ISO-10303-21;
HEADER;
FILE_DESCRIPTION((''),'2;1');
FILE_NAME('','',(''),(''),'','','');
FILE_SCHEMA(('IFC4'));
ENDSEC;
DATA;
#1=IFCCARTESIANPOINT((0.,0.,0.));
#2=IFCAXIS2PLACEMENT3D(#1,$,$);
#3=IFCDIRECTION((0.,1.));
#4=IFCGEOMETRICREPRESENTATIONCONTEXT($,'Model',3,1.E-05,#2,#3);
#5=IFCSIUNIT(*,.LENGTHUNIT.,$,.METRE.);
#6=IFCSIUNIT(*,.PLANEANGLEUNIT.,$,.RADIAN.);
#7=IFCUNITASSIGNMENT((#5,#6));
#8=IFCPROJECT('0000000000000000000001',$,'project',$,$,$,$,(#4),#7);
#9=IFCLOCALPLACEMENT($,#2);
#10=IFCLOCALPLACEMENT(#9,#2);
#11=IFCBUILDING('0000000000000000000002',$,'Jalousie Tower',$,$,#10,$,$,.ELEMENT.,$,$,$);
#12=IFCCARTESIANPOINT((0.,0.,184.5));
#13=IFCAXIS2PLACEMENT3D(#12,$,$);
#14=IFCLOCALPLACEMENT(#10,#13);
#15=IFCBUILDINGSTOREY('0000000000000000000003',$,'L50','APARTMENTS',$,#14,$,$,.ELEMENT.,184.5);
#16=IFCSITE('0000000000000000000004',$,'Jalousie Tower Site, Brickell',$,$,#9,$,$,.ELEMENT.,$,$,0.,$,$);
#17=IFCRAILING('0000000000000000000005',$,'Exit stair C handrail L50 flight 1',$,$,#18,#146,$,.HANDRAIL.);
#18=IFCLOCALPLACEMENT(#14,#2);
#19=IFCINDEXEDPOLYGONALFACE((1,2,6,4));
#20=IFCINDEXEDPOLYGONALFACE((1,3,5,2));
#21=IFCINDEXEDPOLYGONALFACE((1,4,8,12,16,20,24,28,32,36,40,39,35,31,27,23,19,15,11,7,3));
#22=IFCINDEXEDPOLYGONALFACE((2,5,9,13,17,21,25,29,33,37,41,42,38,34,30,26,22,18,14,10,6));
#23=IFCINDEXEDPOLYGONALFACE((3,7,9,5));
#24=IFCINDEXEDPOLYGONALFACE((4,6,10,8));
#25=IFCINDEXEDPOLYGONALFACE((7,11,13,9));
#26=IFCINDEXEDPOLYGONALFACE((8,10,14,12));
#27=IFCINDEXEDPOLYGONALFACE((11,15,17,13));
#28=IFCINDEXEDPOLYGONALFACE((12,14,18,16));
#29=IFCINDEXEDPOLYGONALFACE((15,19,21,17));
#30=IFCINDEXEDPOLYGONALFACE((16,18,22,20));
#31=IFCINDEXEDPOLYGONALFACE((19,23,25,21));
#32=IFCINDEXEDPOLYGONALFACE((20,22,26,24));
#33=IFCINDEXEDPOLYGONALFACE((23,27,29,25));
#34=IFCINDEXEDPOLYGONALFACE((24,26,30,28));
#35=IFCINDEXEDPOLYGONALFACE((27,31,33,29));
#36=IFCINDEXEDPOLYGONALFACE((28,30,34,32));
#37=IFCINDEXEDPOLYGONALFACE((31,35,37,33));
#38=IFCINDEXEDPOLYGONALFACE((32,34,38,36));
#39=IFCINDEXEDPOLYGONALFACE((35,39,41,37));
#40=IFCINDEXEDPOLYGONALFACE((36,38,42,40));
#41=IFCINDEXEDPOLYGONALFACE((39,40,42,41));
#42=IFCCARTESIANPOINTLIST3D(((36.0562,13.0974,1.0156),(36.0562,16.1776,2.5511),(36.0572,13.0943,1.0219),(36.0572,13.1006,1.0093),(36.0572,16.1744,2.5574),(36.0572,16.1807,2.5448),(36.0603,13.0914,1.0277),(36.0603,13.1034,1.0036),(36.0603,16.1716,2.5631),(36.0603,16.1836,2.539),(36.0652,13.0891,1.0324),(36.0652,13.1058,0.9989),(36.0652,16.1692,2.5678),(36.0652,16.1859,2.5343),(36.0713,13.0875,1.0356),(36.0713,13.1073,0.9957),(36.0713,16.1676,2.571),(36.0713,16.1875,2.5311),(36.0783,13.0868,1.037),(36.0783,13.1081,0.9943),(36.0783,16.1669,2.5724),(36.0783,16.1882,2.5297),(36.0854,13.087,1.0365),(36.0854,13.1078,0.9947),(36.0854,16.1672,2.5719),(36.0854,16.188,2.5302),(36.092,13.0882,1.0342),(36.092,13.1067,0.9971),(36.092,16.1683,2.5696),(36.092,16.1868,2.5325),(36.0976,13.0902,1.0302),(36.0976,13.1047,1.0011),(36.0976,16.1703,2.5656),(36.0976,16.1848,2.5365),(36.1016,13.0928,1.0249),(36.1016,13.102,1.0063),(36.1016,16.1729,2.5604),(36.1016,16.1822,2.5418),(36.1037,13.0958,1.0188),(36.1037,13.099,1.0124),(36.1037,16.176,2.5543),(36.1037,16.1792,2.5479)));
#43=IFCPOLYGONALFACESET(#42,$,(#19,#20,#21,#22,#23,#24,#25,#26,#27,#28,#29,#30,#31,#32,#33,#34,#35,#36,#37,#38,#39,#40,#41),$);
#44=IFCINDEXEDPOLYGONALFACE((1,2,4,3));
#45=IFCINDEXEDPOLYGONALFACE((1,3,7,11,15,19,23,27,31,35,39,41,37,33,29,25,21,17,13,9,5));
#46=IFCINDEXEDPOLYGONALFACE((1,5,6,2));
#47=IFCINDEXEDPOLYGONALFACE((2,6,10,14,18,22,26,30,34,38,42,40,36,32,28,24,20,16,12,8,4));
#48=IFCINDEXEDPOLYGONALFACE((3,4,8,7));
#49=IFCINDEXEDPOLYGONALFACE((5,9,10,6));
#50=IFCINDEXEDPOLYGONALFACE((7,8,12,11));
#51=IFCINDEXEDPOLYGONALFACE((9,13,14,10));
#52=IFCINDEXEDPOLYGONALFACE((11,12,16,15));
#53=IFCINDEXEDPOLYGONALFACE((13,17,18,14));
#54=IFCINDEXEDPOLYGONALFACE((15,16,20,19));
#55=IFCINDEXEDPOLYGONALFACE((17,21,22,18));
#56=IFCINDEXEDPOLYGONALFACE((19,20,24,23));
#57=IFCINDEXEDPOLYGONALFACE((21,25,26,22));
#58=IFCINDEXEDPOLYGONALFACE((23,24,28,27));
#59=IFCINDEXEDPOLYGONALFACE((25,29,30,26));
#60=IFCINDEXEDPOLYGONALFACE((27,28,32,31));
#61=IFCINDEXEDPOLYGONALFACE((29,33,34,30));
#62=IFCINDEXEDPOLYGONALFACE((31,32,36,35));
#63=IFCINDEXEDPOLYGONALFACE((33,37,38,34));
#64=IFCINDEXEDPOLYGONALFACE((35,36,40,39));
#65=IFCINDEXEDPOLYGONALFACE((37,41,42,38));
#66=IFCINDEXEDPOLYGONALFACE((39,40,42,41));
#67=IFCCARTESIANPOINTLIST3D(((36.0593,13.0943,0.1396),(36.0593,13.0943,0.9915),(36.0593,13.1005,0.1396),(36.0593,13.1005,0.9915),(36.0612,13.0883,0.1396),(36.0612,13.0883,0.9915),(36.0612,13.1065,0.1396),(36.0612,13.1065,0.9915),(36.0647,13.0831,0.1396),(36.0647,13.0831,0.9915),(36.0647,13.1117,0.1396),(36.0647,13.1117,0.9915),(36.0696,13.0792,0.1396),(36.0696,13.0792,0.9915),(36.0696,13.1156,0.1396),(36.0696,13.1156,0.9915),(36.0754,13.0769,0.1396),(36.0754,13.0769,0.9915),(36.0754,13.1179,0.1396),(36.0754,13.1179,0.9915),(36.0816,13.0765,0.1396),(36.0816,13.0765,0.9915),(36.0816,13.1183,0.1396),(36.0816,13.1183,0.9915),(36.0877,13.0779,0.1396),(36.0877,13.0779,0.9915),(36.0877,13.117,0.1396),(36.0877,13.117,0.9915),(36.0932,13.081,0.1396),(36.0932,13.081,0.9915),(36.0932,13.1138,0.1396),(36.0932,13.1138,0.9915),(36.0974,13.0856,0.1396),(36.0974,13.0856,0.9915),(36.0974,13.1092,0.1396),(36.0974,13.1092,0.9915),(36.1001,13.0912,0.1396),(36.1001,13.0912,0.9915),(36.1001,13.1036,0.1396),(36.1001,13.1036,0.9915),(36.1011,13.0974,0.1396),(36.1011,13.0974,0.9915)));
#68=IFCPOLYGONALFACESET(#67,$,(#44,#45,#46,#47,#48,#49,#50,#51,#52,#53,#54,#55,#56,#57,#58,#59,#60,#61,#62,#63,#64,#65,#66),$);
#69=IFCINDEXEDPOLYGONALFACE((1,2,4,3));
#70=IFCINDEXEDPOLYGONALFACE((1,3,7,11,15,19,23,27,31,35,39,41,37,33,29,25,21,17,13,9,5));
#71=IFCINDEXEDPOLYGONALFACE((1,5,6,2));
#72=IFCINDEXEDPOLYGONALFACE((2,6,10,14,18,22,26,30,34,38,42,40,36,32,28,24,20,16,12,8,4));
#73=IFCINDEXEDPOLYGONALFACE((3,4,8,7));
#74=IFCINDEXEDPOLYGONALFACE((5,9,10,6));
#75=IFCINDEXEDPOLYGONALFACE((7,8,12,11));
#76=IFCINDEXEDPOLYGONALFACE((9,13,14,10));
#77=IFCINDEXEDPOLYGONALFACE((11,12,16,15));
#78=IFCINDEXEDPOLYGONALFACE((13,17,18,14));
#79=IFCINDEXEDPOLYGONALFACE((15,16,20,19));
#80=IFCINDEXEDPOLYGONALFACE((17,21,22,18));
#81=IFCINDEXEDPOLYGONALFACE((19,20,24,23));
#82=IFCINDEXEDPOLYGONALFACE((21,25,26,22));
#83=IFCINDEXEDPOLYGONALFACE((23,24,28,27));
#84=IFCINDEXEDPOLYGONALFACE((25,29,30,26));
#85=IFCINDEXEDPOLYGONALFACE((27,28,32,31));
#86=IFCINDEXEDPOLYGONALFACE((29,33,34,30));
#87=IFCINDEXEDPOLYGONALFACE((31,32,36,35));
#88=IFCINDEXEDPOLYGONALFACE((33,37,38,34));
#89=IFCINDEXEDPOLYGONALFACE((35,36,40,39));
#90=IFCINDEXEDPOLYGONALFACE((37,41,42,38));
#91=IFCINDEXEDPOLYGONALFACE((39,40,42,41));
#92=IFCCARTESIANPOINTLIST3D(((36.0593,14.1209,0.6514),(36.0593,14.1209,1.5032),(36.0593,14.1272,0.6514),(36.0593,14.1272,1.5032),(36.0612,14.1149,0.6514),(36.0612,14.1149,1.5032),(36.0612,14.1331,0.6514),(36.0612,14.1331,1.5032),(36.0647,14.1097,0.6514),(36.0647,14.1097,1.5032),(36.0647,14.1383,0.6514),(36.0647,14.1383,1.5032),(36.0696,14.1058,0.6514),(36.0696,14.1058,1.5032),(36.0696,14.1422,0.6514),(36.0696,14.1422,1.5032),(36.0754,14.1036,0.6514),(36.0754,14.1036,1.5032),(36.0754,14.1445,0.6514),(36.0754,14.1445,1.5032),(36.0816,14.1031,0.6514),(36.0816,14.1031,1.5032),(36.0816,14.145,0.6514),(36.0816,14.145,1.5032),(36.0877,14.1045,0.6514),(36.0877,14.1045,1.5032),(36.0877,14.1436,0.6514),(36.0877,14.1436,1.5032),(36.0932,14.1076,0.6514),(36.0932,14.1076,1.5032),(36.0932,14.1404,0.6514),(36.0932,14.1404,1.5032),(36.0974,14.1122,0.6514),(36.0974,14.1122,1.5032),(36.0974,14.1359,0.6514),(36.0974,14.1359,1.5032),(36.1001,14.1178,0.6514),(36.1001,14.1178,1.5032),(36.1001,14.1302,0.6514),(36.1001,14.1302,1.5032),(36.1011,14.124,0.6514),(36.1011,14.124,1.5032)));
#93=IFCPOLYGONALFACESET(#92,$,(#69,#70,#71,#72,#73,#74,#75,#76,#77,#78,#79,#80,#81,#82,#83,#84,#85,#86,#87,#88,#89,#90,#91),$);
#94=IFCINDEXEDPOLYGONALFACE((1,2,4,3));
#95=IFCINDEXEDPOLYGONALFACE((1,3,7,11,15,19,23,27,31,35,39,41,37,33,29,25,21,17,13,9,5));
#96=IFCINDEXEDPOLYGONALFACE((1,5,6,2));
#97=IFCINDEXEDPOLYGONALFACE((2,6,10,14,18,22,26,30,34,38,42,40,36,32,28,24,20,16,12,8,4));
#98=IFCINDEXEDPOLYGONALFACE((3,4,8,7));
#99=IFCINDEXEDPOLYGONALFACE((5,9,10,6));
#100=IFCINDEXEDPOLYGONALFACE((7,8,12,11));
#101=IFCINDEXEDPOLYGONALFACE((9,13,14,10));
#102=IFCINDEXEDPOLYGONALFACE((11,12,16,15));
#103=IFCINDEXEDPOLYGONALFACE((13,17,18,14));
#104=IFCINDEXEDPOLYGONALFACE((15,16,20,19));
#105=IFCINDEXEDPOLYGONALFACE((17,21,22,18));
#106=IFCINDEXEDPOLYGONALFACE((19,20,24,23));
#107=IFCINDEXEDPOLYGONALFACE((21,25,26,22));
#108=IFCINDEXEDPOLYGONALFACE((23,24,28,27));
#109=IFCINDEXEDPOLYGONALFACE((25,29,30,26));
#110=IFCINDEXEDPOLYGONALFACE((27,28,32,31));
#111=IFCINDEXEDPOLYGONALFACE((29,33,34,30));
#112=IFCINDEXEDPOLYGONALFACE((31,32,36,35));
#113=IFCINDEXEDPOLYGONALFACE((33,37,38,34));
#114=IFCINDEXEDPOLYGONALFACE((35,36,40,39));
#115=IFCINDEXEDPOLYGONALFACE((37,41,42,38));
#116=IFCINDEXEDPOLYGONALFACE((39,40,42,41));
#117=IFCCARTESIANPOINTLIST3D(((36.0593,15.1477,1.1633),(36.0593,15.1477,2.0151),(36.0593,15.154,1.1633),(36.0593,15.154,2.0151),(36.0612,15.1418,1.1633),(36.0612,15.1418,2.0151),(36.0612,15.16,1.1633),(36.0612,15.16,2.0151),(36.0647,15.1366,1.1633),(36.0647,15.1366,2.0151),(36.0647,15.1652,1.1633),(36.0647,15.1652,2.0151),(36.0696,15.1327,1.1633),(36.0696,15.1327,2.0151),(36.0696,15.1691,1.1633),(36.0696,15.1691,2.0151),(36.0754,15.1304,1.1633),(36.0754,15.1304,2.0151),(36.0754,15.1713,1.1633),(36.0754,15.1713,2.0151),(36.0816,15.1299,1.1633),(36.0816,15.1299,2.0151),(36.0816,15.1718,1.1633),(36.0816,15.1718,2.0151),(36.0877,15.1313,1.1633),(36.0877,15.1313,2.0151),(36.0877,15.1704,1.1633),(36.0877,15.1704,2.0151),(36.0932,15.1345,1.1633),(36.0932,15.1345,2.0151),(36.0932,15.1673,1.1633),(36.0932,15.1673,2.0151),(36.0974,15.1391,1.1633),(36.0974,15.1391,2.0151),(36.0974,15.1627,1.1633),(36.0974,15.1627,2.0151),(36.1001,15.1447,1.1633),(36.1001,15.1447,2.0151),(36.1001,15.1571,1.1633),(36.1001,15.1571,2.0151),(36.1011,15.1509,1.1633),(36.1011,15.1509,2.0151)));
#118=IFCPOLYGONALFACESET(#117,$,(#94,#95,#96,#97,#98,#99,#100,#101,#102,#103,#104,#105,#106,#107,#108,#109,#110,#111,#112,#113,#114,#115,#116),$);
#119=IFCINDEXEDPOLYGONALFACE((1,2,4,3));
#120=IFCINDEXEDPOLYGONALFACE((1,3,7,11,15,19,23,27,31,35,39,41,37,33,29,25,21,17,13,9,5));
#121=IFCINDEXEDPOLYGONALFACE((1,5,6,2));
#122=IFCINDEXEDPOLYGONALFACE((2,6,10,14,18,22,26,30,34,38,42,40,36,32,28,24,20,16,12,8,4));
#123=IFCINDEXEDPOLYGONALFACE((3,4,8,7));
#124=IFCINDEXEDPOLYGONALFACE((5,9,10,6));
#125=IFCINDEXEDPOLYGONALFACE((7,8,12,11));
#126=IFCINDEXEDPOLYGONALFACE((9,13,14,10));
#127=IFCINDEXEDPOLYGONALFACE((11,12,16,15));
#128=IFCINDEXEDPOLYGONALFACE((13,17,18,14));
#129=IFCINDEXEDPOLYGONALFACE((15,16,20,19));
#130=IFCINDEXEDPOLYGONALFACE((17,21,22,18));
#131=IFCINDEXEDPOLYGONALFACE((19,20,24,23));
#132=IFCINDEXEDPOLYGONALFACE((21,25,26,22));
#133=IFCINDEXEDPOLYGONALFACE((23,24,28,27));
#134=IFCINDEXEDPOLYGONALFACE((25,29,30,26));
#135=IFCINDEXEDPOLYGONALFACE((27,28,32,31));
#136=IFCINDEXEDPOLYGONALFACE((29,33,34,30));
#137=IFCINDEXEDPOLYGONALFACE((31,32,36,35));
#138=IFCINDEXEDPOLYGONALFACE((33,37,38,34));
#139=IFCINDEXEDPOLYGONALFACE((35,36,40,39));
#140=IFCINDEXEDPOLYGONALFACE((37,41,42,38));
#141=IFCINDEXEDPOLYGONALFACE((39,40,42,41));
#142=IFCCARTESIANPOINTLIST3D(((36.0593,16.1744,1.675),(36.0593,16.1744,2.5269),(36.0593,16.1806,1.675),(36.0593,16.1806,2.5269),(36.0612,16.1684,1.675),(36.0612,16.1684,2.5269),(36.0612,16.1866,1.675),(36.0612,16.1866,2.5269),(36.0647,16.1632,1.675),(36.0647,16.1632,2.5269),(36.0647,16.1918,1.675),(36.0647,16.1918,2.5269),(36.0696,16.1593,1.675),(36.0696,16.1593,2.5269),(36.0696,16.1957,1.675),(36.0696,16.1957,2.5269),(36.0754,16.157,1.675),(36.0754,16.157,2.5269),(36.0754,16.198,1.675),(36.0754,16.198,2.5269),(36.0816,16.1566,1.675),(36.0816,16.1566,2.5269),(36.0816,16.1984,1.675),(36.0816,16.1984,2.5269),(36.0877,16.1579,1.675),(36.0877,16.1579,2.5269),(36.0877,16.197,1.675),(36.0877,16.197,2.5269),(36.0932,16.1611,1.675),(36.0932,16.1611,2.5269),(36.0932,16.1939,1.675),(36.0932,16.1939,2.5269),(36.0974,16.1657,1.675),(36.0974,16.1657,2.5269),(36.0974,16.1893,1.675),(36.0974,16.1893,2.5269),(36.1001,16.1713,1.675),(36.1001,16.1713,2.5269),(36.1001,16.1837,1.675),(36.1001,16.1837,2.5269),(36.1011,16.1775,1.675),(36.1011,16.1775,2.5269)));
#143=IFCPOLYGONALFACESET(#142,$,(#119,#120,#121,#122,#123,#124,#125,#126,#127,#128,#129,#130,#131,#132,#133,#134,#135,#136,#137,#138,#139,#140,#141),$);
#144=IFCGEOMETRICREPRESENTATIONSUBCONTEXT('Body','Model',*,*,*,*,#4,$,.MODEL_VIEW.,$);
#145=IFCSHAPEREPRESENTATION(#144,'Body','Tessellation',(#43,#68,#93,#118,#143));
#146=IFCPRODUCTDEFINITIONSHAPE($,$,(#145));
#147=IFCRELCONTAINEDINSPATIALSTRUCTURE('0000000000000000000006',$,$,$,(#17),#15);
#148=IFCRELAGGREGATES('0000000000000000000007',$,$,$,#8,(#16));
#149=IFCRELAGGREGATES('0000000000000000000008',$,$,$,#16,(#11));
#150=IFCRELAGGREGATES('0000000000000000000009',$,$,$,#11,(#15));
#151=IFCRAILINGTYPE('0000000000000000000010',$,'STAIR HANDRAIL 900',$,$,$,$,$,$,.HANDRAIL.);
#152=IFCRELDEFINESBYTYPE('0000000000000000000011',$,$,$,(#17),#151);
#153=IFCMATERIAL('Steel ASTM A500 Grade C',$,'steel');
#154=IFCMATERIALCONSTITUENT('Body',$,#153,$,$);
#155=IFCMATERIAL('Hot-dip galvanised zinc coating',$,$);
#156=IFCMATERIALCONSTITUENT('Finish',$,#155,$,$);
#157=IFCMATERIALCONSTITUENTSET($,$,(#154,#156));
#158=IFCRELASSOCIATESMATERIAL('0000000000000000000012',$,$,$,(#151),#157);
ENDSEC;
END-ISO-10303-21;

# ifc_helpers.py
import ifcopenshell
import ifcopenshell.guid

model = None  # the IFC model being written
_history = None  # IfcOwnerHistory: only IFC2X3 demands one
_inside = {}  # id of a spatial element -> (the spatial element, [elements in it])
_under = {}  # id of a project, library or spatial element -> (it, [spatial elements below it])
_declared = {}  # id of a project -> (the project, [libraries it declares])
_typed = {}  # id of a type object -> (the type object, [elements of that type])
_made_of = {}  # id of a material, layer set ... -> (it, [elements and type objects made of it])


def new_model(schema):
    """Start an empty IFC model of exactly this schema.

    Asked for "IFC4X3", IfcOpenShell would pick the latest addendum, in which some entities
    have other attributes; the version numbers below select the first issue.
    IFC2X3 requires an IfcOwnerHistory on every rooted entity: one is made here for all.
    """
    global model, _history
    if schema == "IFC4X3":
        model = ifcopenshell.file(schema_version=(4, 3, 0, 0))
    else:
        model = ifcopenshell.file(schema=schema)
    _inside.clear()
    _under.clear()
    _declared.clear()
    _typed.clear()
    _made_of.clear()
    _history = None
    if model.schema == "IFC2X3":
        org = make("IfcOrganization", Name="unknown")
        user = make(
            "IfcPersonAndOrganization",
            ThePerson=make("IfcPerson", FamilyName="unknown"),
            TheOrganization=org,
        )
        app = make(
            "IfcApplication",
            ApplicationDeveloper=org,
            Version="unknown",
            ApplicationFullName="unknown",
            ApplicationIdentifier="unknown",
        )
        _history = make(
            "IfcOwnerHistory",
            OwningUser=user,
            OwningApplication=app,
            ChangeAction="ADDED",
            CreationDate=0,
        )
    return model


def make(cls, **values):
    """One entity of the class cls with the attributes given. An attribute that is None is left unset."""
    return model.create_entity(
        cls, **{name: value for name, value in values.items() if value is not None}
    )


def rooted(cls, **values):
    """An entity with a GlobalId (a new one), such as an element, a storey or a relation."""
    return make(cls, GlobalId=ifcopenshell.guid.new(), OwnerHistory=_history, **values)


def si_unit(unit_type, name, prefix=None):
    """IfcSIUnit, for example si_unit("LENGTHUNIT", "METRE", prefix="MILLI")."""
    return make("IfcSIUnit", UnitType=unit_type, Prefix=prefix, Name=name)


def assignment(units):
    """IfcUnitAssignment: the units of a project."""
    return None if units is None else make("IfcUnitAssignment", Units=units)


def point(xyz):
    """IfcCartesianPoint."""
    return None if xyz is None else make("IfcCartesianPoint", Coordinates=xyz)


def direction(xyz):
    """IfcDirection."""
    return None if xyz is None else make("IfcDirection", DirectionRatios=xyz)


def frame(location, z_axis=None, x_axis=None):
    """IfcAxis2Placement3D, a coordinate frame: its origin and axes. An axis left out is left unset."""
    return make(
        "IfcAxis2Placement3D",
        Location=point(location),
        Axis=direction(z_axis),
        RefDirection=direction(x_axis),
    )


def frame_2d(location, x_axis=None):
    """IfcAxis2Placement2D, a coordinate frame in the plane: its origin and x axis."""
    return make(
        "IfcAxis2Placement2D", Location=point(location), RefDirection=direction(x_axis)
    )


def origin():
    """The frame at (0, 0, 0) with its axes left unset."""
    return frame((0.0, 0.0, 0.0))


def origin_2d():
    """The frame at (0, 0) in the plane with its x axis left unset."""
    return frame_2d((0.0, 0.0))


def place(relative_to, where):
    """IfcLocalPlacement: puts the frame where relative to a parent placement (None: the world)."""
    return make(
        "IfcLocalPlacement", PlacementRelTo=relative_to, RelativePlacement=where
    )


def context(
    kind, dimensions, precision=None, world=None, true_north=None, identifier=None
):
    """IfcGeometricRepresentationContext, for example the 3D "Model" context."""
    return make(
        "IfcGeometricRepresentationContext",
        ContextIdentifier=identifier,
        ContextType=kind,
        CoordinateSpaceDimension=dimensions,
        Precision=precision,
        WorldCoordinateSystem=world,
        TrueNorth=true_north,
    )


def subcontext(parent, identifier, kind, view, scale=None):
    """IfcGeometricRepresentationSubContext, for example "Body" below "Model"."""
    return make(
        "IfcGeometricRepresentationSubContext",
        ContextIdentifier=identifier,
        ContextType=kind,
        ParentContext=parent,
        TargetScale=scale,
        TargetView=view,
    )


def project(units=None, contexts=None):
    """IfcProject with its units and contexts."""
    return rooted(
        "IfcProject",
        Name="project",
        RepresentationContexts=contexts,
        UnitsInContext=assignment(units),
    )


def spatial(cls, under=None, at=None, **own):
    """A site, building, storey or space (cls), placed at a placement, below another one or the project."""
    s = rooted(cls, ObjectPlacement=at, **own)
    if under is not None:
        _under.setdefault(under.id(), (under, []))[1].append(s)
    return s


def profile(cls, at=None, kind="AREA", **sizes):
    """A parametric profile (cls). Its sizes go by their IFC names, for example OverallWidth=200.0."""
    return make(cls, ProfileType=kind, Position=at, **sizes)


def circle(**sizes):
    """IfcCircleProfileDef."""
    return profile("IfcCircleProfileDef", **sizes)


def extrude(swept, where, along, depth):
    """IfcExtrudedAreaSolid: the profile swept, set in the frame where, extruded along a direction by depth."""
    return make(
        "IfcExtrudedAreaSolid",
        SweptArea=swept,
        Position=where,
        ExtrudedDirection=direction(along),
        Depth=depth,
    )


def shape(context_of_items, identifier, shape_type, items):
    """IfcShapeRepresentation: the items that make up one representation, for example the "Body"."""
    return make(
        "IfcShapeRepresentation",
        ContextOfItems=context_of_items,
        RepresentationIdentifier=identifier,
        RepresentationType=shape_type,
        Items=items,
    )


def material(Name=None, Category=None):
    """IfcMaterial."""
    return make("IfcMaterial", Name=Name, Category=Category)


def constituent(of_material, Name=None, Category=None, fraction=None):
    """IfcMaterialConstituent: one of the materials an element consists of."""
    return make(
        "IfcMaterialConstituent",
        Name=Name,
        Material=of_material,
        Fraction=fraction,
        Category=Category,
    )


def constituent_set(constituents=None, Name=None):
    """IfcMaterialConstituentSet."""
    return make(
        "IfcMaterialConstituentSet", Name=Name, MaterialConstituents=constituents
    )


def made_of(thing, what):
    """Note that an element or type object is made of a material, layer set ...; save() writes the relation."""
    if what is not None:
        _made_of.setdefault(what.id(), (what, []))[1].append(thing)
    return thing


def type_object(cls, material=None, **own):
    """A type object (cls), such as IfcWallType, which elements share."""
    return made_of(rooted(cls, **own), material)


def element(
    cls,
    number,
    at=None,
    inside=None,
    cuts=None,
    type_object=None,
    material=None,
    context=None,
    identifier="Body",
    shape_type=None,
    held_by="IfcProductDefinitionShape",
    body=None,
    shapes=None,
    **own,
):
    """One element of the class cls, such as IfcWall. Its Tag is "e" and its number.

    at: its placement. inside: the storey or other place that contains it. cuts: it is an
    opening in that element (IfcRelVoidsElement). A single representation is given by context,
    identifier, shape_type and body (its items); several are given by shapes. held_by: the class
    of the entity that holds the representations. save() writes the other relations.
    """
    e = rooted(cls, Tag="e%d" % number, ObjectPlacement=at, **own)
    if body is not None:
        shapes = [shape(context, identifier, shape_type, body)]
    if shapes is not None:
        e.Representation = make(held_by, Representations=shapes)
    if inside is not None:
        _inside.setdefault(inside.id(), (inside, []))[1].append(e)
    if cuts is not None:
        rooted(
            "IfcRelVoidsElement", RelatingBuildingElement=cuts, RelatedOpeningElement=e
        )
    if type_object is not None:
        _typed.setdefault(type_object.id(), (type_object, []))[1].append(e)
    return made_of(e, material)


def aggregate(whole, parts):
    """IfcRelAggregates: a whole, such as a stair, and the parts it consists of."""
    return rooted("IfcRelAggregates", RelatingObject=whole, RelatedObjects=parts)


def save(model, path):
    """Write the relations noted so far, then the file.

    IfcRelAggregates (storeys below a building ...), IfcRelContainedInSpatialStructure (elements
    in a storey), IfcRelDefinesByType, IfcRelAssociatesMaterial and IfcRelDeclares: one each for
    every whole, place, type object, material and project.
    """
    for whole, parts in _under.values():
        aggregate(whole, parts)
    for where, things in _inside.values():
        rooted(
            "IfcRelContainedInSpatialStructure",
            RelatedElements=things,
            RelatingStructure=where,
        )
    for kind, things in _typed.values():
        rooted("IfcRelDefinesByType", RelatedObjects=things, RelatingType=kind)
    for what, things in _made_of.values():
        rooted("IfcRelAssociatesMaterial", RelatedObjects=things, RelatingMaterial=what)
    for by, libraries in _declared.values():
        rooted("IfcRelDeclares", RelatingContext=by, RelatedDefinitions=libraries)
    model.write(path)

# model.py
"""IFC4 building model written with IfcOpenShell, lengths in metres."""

from ifc_helpers import new_model, si_unit, direction, frame, origin, origin_2d, place, context, subcontext, project, spatial, circle, extrude, material, constituent, constituent_set, type_object, element, save


model = new_model("IFC4")

# Units and contexts
model_context = context("Model", 3, precision=1e-05, world=origin(), true_north=direction((0.0, 1.0)))
body_context = subcontext(model_context, "Body", "Model", "MODEL_VIEW")
ifc_project = project(units=[si_unit("LENGTHUNIT", "METRE"), si_unit("PLANEANGLEUNIT", "RADIAN")], contexts=[model_context])

# Site, building, storey
site_placement = place(None, origin())
site = spatial("IfcSite", under=ifc_project, at=site_placement, Name="Jalousie Tower Site, Brickell", CompositionType="ELEMENT", RefElevation=0.0)
building_placement = place(site_placement, origin())
building = spatial("IfcBuilding", under=site, at=building_placement, Name="Jalousie Tower", CompositionType="ELEMENT")
storey_placement = place(building_placement, frame((0.0, 0.0, 184.5)))
storey = spatial("IfcBuildingStorey", under=building, at=storey_placement, Name="L50", Description="APARTMENTS", CompositionType="ELEMENT", Elevation=184.5)

# Railing
ifc_material_1 = material(Name="Steel ASTM A500 Grade C", Category="steel")
ifc_constituent_1 = constituent(ifc_material_1, Name="Body")
ifc_material_2 = material(Name="Hot-dip galvanised zinc coating")
ifc_constituent_2 = constituent(ifc_material_2, Name="Finish")
ifc_constituent_set_1 = constituent_set(constituents=[ifc_constituent_1, ifc_constituent_2])
railing_type_1 = type_object("IfcRailingType", Name="STAIR HANDRAIL 900", PredefinedType="HANDRAIL", material=ifc_constituent_set_1)
railing_1_placement = place(storey_placement, frame((36.0801, 13.0974, 0.1396)))
element("IfcRailing", 1, at=railing_1_placement, inside=storey, type_object=railing_type_1, Name="Exit stair C handrail L50 flight 1", PredefinedType="HANDRAIL", context=body_context, shape_type="SweptSolid", body=[
    extrude(circle(Radius=0.0239, at=origin_2d()), frame((0.0, 0.0, 0.876), z_axis=(0.0, 0.894966, 0.446135), x_axis=(-1.0, 0.0, 0.0)), (0.0, 0.0, 1.0), 3.4417),
    extrude(circle(Radius=0.021, at=origin_2d()), origin(), (0.0, 0.0, 1.0), 0.8518),
    extrude(circle(Radius=0.021, at=origin_2d()), frame((0.0, 1.0266, 0.5117)), (0.0, 0.0, 1.0), 0.8518),
    extrude(circle(Radius=0.021, at=origin_2d()), frame((0.0, 2.0535, 1.0237)), (0.0, 0.0, 1.0), 0.8518),
    extrude(circle(Radius=0.021, at=origin_2d()), frame((0.0, 3.0801, 1.5354)), (0.0, 0.0, 1.0), 0.8518),
])

save(model, "model.ifc")
